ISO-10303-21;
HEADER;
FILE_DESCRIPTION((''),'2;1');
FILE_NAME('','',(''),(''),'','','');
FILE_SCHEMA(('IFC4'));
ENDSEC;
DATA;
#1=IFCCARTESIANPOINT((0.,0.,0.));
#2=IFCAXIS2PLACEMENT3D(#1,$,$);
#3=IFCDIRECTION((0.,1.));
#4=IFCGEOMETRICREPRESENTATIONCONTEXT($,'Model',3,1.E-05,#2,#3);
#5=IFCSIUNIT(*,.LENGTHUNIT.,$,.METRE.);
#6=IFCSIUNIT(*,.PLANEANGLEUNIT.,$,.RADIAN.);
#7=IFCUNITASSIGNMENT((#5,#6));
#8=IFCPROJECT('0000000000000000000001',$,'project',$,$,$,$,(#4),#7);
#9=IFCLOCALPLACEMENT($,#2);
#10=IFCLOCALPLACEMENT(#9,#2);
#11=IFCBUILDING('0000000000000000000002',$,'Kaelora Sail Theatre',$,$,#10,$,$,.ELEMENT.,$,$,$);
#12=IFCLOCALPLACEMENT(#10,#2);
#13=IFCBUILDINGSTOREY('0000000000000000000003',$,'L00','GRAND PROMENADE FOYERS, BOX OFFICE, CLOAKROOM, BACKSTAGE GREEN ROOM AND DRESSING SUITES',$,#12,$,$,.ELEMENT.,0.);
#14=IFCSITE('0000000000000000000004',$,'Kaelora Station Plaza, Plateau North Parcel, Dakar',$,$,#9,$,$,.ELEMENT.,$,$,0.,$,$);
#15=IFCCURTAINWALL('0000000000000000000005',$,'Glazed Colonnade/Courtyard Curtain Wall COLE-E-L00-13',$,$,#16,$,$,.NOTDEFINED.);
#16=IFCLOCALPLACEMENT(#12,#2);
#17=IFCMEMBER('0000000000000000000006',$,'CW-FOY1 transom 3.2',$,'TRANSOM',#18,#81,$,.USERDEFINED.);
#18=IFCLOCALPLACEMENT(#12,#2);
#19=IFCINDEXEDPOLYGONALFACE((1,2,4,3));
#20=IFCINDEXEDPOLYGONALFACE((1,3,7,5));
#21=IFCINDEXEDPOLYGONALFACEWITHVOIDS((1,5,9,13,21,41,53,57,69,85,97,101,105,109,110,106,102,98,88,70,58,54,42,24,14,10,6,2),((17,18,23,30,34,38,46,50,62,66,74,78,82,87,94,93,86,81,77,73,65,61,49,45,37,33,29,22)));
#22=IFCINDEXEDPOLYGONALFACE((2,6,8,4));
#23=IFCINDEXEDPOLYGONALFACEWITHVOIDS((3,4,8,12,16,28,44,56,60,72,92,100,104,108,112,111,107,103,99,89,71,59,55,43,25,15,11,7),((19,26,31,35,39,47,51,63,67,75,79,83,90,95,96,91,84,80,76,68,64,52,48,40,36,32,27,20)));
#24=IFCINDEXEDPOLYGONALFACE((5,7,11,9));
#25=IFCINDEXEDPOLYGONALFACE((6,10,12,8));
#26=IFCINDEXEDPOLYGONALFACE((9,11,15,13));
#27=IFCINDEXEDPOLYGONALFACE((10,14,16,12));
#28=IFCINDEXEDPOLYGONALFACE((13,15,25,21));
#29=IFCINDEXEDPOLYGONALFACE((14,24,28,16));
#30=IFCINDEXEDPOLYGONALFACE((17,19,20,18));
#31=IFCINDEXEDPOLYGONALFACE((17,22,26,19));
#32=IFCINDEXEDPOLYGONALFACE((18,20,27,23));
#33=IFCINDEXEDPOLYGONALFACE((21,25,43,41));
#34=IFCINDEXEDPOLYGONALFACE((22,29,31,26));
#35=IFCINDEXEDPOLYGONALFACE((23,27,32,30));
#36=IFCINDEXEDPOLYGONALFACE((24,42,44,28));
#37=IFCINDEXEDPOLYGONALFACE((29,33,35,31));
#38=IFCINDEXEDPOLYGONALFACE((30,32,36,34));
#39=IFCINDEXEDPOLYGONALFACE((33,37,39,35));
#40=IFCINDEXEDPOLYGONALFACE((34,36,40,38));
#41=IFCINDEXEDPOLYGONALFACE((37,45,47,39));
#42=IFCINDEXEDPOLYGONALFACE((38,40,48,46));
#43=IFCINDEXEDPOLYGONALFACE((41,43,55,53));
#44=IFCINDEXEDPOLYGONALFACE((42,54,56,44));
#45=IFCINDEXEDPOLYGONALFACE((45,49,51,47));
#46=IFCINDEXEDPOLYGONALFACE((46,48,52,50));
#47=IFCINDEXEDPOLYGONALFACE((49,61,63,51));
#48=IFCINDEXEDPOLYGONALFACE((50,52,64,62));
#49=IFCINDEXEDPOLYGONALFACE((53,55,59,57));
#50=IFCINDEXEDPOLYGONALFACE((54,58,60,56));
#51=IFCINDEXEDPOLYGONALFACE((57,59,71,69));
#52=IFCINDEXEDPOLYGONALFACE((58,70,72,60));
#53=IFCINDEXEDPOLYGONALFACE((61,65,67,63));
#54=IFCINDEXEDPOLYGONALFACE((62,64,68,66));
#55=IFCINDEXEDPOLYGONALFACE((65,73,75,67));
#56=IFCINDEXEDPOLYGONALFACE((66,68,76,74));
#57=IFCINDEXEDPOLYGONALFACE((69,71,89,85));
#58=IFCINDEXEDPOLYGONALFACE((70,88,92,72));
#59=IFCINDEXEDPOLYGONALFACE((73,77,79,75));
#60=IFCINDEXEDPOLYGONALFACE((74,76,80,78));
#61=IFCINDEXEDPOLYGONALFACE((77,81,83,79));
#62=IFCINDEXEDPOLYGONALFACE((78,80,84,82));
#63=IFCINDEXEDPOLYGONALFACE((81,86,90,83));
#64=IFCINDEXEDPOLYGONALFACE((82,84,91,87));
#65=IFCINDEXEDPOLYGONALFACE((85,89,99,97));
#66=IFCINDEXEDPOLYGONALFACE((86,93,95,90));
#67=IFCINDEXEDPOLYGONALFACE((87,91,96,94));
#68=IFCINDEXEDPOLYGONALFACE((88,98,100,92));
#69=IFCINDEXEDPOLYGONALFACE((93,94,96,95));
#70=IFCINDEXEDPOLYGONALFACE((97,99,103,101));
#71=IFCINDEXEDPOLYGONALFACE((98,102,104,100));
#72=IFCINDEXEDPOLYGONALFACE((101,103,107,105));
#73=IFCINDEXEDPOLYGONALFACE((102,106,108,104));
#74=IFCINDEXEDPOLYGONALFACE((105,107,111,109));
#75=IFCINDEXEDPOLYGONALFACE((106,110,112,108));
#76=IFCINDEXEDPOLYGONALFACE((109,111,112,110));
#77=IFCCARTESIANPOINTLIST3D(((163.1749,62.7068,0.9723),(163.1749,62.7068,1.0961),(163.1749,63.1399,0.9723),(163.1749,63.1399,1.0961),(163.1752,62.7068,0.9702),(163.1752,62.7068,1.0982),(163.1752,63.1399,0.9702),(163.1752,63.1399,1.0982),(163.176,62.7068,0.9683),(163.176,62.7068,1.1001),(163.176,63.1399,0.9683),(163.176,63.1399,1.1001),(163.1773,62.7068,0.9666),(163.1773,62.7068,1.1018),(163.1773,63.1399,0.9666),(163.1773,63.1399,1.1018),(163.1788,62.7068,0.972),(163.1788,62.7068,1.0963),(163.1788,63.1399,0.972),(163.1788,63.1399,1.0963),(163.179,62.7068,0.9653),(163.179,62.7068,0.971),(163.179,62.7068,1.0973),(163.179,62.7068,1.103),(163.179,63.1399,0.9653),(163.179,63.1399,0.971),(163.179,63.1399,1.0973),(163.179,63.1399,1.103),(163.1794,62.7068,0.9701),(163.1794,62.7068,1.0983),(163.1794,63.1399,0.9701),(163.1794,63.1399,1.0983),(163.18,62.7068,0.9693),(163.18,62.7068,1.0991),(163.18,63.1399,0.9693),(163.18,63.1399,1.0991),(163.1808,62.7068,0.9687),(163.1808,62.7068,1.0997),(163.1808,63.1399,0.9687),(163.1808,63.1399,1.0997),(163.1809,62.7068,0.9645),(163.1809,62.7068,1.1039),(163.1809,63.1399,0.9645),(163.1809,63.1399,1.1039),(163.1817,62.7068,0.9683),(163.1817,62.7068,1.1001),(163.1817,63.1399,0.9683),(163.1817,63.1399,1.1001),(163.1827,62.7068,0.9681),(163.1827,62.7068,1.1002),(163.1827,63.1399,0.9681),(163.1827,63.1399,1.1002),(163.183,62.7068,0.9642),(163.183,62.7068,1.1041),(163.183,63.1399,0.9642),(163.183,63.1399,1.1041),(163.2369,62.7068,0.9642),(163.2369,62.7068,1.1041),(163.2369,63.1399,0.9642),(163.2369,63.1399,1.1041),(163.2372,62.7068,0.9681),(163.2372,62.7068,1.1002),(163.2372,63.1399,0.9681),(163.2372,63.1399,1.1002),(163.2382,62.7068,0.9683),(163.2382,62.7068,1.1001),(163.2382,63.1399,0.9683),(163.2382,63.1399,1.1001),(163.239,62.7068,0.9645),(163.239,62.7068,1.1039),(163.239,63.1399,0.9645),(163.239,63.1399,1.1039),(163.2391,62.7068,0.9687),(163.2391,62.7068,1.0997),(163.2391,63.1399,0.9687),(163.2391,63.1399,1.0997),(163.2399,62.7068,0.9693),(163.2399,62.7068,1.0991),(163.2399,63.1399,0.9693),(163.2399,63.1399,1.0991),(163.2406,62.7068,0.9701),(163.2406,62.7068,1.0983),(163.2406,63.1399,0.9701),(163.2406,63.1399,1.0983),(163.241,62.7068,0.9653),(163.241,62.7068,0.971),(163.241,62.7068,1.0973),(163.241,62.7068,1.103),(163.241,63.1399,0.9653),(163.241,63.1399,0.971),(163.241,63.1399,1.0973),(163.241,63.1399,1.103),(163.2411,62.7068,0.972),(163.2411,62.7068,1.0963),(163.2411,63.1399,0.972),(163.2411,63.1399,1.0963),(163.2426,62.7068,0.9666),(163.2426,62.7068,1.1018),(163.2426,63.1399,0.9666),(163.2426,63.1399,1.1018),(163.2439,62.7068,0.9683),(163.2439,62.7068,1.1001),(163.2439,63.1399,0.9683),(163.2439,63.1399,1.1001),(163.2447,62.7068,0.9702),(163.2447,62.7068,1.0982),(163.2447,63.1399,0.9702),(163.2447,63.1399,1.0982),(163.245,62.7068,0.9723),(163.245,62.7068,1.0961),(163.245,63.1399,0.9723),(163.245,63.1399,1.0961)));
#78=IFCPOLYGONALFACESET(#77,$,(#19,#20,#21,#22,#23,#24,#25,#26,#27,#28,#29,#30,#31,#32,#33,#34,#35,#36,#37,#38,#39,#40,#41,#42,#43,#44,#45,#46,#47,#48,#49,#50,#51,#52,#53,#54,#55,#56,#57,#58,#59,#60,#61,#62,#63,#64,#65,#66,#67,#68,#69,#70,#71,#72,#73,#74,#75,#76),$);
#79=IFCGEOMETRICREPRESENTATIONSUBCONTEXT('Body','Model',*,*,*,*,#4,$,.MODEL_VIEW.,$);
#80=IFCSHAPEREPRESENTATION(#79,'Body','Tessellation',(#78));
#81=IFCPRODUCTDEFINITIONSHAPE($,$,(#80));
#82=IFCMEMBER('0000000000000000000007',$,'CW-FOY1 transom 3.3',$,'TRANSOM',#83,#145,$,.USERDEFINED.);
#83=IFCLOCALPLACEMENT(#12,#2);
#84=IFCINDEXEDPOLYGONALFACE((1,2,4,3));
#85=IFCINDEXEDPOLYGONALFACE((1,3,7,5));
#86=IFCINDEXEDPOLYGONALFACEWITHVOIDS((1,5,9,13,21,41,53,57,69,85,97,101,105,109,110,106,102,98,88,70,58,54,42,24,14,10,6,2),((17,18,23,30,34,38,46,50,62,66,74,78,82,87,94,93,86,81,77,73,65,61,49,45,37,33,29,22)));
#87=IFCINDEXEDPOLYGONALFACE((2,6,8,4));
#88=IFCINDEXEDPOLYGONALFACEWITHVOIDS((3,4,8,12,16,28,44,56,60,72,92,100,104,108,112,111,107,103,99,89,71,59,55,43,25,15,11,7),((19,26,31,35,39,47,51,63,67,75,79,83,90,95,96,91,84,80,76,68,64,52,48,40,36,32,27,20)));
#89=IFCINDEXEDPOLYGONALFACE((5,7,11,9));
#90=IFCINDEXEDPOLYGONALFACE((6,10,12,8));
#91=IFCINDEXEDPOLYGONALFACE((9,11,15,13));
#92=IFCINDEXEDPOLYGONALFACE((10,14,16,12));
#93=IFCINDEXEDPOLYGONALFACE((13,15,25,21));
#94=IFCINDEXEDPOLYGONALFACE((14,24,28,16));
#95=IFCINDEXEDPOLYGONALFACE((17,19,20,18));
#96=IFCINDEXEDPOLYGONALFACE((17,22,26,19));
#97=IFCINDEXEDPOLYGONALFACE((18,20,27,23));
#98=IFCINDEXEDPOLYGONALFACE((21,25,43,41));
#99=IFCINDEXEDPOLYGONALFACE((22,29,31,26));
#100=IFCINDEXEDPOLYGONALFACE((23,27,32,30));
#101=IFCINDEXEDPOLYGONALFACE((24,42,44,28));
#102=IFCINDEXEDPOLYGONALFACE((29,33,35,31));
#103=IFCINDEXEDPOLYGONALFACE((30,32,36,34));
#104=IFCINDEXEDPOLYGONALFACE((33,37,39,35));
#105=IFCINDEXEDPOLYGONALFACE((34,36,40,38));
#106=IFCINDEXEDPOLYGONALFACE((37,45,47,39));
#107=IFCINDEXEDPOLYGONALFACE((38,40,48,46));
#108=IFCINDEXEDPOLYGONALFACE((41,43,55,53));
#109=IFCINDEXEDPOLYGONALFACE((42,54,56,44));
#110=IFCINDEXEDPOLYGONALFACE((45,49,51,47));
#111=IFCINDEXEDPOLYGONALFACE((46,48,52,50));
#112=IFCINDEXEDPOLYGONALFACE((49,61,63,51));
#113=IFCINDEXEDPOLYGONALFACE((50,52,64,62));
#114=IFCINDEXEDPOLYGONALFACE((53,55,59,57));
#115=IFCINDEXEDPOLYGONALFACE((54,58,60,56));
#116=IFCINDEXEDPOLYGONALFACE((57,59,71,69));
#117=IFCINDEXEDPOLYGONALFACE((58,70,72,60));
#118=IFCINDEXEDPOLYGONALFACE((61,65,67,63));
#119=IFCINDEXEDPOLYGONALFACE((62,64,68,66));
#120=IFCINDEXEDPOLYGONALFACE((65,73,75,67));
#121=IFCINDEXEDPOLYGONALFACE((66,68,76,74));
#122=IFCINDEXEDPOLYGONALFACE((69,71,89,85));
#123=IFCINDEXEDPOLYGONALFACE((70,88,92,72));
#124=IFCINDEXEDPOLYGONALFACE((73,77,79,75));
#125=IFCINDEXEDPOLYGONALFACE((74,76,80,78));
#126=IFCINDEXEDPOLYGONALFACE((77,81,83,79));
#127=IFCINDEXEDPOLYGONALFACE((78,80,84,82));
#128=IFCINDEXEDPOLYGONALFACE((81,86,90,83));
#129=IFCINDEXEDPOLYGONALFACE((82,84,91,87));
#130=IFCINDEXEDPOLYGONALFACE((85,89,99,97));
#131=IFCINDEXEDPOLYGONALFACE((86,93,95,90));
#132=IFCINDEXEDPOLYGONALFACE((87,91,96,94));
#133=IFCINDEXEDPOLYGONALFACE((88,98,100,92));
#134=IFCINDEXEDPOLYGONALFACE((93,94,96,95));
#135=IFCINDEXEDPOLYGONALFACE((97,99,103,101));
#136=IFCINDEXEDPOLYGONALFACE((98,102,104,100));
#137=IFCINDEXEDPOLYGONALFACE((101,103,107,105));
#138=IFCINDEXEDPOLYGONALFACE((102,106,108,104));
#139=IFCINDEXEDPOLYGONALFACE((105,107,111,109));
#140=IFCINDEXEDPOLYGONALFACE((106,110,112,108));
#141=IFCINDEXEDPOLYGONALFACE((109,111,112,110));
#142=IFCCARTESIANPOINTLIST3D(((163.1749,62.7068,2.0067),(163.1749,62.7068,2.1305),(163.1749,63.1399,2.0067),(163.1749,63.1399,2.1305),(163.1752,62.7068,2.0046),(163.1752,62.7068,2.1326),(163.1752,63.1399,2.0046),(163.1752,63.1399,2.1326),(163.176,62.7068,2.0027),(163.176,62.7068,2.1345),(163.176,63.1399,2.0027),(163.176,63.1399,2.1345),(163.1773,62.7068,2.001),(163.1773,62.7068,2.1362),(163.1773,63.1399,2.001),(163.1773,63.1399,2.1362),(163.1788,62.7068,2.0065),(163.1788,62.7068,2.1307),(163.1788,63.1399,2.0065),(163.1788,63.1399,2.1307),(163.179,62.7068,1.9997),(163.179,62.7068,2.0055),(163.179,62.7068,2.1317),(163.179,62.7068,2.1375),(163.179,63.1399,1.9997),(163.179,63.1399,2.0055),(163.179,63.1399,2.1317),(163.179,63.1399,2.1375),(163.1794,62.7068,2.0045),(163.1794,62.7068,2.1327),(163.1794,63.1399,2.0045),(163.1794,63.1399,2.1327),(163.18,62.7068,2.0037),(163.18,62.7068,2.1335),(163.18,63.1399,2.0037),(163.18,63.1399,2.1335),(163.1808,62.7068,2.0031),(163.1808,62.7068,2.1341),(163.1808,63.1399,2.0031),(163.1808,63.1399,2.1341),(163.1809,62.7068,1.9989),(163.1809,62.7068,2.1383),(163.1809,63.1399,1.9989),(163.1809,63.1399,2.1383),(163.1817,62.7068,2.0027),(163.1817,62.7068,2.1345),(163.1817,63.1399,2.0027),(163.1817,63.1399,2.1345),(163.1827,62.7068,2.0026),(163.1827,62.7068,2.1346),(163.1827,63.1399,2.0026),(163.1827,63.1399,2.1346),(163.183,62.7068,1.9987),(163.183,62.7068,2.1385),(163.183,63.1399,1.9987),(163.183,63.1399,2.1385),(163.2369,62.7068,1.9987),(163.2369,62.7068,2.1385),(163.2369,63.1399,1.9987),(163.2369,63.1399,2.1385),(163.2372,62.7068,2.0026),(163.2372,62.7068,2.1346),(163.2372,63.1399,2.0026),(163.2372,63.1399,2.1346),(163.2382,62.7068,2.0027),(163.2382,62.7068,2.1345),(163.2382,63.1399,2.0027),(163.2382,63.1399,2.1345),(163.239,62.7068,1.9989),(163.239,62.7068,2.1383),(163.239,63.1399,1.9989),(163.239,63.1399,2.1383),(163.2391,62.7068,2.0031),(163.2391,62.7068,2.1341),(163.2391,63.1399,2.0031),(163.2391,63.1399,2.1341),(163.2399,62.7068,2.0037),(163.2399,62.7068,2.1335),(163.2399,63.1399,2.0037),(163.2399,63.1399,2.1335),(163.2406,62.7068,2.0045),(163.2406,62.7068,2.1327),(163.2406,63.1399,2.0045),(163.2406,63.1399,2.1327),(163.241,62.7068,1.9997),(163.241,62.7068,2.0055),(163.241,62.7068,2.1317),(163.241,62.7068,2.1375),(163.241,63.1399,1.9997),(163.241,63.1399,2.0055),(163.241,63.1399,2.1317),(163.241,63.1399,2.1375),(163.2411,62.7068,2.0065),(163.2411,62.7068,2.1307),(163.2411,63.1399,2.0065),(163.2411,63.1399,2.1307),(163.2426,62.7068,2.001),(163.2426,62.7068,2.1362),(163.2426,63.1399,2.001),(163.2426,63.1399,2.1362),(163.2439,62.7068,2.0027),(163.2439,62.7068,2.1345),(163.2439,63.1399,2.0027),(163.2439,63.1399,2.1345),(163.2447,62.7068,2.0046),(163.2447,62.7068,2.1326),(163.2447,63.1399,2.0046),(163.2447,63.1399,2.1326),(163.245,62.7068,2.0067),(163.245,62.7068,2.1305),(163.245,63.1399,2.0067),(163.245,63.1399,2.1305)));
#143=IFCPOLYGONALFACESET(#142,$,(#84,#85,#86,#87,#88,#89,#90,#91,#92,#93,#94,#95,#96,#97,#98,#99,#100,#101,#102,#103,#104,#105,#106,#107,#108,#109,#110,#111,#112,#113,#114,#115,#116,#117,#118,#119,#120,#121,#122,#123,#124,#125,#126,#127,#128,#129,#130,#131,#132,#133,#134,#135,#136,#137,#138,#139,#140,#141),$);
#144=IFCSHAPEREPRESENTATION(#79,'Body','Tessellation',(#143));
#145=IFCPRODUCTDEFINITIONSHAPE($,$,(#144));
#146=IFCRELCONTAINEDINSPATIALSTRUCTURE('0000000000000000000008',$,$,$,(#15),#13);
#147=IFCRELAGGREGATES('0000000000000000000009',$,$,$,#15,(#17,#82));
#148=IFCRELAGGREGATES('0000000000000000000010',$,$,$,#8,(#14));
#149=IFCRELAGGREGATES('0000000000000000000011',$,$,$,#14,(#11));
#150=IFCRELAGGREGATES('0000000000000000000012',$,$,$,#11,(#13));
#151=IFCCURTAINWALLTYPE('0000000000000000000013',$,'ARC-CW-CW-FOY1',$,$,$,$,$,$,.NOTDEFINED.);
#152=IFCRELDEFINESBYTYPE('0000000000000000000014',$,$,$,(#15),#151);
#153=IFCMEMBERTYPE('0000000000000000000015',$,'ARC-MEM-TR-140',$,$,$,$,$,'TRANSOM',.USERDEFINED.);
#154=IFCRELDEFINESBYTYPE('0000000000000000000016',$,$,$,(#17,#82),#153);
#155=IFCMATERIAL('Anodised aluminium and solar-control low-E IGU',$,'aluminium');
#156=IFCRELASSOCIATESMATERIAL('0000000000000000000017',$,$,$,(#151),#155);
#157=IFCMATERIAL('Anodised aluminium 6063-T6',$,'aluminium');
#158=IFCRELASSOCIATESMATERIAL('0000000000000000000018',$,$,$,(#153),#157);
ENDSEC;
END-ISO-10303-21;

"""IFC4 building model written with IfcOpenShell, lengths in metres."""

from ifc_helpers import new_model, si_unit, direction, frame, origin, origin_2d, place, context, subcontext, project, spatial, hollow_rectangle, extrude, material, material_profile, profile_set, type_object, element, aggregate, save


model = new_model("IFC4")

# Units and contexts
model_context = context("Model", 3, precision=1e-05, world=origin(), true_north=direction((0.0, 1.0)))
body_context = subcontext(model_context, "Body", "Model", "MODEL_VIEW")
ifc_project = project(units=[si_unit("LENGTHUNIT", "METRE"), si_unit("PLANEANGLEUNIT", "RADIAN")], contexts=[model_context])

# Site, building, storey
site_placement = place(None, origin())
site = spatial("IfcSite", under=ifc_project, at=site_placement, Name="Kaelora Station Plaza, Plateau North Parcel, Dakar", CompositionType="ELEMENT", RefElevation=0.0)
building_placement = place(site_placement, origin())
building = spatial("IfcBuilding", under=site, at=building_placement, Name="Kaelora Sail Theatre", CompositionType="ELEMENT")
storey_placement = place(building_placement, origin())
storey = spatial("IfcBuildingStorey", under=building, at=storey_placement, Name="L00", Description="GRAND PROMENADE FOYERS, BOX OFFICE, CLOAKROOM, BACKSTAGE GREEN ROOM AND DRESSING SUITES", CompositionType="ELEMENT", Elevation=0.0)

# Curtain wall
ifc_material_1 = material(Name="Anodised aluminium and solar-control low-E IGU", Category="aluminium")
curtain_wall_type = type_object("IfcCurtainWallType", Name="ARC-CW-CW-FOY1", PredefinedType="NOTDEFINED", material=ifc_material_1)
curtain_wall_1_placement = place(storey_placement, origin())
curtain_wall_1 = element("IfcCurtainWall", 1, at=curtain_wall_1_placement, inside=storey, type_object=curtain_wall_type, Name="Glazed Colonnade/Courtyard Curtain Wall COLE-E-L00-13", PredefinedType="NOTDEFINED")

# Members
ifc_material_2 = material(Name="Anodised aluminium 6063-T6", Category="aluminium")
ifc_material_profile_1 = material_profile(ifc_material_2, hollow_rectangle(XDim=0.0701, YDim=0.1399, WallThickness=0.0039, InnerFilletRadius=0.0039, OuterFilletRadius=0.0081, at=origin_2d()), Name="ALU-TRAN 70x140x4")
ifc_profile_set_1 = profile_set([ifc_material_profile_1], Name="Anodised aluminium 6063-T6")
member_type_1 = type_object("IfcMemberType", Name="ARC-MEM-TR-140", ElementType="TRANSOM", PredefinedType="USERDEFINED", material=ifc_profile_set_1)
member_1_placement = place(storey_placement, frame((163.21, 62.7068, 1.0342), z_axis=(0.0, 1.0, 0.0), x_axis=(-1.0, 0.0, 0.0)))
member_1 = element("IfcMember", 2, at=member_1_placement, type_object=member_type_1, Name="CW-FOY1 transom 3.2", ObjectType="TRANSOM", PredefinedType="USERDEFINED", context=body_context, shape_type="SweptSolid", body=[
    extrude(hollow_rectangle(XDim=0.0701, YDim=0.1399, WallThickness=0.0039, InnerFilletRadius=0.0039, OuterFilletRadius=0.0081, at=origin_2d()), origin(), (0.0, 0.0, 1.0), 0.4331),
])
member_2_placement = place(storey_placement, frame((163.21, 62.7068, 2.0686), z_axis=(0.0, 1.0, 0.0), x_axis=(-1.0, 0.0, 0.0)))
member_2 = element("IfcMember", 3, at=member_2_placement, type_object=member_type_1, Name="CW-FOY1 transom 3.3", ObjectType="TRANSOM", PredefinedType="USERDEFINED", context=body_context, shape_type="SweptSolid", body=[
    extrude(hollow_rectangle(XDim=0.0701, YDim=0.1399, WallThickness=0.0039, InnerFilletRadius=0.0039, OuterFilletRadius=0.0081, at=origin_2d()), origin(), (0.0, 0.0, 1.0), 0.4331),
])

aggregate(curtain_wall_1, [member_1, member_2])

save(model, "model.ifc")
